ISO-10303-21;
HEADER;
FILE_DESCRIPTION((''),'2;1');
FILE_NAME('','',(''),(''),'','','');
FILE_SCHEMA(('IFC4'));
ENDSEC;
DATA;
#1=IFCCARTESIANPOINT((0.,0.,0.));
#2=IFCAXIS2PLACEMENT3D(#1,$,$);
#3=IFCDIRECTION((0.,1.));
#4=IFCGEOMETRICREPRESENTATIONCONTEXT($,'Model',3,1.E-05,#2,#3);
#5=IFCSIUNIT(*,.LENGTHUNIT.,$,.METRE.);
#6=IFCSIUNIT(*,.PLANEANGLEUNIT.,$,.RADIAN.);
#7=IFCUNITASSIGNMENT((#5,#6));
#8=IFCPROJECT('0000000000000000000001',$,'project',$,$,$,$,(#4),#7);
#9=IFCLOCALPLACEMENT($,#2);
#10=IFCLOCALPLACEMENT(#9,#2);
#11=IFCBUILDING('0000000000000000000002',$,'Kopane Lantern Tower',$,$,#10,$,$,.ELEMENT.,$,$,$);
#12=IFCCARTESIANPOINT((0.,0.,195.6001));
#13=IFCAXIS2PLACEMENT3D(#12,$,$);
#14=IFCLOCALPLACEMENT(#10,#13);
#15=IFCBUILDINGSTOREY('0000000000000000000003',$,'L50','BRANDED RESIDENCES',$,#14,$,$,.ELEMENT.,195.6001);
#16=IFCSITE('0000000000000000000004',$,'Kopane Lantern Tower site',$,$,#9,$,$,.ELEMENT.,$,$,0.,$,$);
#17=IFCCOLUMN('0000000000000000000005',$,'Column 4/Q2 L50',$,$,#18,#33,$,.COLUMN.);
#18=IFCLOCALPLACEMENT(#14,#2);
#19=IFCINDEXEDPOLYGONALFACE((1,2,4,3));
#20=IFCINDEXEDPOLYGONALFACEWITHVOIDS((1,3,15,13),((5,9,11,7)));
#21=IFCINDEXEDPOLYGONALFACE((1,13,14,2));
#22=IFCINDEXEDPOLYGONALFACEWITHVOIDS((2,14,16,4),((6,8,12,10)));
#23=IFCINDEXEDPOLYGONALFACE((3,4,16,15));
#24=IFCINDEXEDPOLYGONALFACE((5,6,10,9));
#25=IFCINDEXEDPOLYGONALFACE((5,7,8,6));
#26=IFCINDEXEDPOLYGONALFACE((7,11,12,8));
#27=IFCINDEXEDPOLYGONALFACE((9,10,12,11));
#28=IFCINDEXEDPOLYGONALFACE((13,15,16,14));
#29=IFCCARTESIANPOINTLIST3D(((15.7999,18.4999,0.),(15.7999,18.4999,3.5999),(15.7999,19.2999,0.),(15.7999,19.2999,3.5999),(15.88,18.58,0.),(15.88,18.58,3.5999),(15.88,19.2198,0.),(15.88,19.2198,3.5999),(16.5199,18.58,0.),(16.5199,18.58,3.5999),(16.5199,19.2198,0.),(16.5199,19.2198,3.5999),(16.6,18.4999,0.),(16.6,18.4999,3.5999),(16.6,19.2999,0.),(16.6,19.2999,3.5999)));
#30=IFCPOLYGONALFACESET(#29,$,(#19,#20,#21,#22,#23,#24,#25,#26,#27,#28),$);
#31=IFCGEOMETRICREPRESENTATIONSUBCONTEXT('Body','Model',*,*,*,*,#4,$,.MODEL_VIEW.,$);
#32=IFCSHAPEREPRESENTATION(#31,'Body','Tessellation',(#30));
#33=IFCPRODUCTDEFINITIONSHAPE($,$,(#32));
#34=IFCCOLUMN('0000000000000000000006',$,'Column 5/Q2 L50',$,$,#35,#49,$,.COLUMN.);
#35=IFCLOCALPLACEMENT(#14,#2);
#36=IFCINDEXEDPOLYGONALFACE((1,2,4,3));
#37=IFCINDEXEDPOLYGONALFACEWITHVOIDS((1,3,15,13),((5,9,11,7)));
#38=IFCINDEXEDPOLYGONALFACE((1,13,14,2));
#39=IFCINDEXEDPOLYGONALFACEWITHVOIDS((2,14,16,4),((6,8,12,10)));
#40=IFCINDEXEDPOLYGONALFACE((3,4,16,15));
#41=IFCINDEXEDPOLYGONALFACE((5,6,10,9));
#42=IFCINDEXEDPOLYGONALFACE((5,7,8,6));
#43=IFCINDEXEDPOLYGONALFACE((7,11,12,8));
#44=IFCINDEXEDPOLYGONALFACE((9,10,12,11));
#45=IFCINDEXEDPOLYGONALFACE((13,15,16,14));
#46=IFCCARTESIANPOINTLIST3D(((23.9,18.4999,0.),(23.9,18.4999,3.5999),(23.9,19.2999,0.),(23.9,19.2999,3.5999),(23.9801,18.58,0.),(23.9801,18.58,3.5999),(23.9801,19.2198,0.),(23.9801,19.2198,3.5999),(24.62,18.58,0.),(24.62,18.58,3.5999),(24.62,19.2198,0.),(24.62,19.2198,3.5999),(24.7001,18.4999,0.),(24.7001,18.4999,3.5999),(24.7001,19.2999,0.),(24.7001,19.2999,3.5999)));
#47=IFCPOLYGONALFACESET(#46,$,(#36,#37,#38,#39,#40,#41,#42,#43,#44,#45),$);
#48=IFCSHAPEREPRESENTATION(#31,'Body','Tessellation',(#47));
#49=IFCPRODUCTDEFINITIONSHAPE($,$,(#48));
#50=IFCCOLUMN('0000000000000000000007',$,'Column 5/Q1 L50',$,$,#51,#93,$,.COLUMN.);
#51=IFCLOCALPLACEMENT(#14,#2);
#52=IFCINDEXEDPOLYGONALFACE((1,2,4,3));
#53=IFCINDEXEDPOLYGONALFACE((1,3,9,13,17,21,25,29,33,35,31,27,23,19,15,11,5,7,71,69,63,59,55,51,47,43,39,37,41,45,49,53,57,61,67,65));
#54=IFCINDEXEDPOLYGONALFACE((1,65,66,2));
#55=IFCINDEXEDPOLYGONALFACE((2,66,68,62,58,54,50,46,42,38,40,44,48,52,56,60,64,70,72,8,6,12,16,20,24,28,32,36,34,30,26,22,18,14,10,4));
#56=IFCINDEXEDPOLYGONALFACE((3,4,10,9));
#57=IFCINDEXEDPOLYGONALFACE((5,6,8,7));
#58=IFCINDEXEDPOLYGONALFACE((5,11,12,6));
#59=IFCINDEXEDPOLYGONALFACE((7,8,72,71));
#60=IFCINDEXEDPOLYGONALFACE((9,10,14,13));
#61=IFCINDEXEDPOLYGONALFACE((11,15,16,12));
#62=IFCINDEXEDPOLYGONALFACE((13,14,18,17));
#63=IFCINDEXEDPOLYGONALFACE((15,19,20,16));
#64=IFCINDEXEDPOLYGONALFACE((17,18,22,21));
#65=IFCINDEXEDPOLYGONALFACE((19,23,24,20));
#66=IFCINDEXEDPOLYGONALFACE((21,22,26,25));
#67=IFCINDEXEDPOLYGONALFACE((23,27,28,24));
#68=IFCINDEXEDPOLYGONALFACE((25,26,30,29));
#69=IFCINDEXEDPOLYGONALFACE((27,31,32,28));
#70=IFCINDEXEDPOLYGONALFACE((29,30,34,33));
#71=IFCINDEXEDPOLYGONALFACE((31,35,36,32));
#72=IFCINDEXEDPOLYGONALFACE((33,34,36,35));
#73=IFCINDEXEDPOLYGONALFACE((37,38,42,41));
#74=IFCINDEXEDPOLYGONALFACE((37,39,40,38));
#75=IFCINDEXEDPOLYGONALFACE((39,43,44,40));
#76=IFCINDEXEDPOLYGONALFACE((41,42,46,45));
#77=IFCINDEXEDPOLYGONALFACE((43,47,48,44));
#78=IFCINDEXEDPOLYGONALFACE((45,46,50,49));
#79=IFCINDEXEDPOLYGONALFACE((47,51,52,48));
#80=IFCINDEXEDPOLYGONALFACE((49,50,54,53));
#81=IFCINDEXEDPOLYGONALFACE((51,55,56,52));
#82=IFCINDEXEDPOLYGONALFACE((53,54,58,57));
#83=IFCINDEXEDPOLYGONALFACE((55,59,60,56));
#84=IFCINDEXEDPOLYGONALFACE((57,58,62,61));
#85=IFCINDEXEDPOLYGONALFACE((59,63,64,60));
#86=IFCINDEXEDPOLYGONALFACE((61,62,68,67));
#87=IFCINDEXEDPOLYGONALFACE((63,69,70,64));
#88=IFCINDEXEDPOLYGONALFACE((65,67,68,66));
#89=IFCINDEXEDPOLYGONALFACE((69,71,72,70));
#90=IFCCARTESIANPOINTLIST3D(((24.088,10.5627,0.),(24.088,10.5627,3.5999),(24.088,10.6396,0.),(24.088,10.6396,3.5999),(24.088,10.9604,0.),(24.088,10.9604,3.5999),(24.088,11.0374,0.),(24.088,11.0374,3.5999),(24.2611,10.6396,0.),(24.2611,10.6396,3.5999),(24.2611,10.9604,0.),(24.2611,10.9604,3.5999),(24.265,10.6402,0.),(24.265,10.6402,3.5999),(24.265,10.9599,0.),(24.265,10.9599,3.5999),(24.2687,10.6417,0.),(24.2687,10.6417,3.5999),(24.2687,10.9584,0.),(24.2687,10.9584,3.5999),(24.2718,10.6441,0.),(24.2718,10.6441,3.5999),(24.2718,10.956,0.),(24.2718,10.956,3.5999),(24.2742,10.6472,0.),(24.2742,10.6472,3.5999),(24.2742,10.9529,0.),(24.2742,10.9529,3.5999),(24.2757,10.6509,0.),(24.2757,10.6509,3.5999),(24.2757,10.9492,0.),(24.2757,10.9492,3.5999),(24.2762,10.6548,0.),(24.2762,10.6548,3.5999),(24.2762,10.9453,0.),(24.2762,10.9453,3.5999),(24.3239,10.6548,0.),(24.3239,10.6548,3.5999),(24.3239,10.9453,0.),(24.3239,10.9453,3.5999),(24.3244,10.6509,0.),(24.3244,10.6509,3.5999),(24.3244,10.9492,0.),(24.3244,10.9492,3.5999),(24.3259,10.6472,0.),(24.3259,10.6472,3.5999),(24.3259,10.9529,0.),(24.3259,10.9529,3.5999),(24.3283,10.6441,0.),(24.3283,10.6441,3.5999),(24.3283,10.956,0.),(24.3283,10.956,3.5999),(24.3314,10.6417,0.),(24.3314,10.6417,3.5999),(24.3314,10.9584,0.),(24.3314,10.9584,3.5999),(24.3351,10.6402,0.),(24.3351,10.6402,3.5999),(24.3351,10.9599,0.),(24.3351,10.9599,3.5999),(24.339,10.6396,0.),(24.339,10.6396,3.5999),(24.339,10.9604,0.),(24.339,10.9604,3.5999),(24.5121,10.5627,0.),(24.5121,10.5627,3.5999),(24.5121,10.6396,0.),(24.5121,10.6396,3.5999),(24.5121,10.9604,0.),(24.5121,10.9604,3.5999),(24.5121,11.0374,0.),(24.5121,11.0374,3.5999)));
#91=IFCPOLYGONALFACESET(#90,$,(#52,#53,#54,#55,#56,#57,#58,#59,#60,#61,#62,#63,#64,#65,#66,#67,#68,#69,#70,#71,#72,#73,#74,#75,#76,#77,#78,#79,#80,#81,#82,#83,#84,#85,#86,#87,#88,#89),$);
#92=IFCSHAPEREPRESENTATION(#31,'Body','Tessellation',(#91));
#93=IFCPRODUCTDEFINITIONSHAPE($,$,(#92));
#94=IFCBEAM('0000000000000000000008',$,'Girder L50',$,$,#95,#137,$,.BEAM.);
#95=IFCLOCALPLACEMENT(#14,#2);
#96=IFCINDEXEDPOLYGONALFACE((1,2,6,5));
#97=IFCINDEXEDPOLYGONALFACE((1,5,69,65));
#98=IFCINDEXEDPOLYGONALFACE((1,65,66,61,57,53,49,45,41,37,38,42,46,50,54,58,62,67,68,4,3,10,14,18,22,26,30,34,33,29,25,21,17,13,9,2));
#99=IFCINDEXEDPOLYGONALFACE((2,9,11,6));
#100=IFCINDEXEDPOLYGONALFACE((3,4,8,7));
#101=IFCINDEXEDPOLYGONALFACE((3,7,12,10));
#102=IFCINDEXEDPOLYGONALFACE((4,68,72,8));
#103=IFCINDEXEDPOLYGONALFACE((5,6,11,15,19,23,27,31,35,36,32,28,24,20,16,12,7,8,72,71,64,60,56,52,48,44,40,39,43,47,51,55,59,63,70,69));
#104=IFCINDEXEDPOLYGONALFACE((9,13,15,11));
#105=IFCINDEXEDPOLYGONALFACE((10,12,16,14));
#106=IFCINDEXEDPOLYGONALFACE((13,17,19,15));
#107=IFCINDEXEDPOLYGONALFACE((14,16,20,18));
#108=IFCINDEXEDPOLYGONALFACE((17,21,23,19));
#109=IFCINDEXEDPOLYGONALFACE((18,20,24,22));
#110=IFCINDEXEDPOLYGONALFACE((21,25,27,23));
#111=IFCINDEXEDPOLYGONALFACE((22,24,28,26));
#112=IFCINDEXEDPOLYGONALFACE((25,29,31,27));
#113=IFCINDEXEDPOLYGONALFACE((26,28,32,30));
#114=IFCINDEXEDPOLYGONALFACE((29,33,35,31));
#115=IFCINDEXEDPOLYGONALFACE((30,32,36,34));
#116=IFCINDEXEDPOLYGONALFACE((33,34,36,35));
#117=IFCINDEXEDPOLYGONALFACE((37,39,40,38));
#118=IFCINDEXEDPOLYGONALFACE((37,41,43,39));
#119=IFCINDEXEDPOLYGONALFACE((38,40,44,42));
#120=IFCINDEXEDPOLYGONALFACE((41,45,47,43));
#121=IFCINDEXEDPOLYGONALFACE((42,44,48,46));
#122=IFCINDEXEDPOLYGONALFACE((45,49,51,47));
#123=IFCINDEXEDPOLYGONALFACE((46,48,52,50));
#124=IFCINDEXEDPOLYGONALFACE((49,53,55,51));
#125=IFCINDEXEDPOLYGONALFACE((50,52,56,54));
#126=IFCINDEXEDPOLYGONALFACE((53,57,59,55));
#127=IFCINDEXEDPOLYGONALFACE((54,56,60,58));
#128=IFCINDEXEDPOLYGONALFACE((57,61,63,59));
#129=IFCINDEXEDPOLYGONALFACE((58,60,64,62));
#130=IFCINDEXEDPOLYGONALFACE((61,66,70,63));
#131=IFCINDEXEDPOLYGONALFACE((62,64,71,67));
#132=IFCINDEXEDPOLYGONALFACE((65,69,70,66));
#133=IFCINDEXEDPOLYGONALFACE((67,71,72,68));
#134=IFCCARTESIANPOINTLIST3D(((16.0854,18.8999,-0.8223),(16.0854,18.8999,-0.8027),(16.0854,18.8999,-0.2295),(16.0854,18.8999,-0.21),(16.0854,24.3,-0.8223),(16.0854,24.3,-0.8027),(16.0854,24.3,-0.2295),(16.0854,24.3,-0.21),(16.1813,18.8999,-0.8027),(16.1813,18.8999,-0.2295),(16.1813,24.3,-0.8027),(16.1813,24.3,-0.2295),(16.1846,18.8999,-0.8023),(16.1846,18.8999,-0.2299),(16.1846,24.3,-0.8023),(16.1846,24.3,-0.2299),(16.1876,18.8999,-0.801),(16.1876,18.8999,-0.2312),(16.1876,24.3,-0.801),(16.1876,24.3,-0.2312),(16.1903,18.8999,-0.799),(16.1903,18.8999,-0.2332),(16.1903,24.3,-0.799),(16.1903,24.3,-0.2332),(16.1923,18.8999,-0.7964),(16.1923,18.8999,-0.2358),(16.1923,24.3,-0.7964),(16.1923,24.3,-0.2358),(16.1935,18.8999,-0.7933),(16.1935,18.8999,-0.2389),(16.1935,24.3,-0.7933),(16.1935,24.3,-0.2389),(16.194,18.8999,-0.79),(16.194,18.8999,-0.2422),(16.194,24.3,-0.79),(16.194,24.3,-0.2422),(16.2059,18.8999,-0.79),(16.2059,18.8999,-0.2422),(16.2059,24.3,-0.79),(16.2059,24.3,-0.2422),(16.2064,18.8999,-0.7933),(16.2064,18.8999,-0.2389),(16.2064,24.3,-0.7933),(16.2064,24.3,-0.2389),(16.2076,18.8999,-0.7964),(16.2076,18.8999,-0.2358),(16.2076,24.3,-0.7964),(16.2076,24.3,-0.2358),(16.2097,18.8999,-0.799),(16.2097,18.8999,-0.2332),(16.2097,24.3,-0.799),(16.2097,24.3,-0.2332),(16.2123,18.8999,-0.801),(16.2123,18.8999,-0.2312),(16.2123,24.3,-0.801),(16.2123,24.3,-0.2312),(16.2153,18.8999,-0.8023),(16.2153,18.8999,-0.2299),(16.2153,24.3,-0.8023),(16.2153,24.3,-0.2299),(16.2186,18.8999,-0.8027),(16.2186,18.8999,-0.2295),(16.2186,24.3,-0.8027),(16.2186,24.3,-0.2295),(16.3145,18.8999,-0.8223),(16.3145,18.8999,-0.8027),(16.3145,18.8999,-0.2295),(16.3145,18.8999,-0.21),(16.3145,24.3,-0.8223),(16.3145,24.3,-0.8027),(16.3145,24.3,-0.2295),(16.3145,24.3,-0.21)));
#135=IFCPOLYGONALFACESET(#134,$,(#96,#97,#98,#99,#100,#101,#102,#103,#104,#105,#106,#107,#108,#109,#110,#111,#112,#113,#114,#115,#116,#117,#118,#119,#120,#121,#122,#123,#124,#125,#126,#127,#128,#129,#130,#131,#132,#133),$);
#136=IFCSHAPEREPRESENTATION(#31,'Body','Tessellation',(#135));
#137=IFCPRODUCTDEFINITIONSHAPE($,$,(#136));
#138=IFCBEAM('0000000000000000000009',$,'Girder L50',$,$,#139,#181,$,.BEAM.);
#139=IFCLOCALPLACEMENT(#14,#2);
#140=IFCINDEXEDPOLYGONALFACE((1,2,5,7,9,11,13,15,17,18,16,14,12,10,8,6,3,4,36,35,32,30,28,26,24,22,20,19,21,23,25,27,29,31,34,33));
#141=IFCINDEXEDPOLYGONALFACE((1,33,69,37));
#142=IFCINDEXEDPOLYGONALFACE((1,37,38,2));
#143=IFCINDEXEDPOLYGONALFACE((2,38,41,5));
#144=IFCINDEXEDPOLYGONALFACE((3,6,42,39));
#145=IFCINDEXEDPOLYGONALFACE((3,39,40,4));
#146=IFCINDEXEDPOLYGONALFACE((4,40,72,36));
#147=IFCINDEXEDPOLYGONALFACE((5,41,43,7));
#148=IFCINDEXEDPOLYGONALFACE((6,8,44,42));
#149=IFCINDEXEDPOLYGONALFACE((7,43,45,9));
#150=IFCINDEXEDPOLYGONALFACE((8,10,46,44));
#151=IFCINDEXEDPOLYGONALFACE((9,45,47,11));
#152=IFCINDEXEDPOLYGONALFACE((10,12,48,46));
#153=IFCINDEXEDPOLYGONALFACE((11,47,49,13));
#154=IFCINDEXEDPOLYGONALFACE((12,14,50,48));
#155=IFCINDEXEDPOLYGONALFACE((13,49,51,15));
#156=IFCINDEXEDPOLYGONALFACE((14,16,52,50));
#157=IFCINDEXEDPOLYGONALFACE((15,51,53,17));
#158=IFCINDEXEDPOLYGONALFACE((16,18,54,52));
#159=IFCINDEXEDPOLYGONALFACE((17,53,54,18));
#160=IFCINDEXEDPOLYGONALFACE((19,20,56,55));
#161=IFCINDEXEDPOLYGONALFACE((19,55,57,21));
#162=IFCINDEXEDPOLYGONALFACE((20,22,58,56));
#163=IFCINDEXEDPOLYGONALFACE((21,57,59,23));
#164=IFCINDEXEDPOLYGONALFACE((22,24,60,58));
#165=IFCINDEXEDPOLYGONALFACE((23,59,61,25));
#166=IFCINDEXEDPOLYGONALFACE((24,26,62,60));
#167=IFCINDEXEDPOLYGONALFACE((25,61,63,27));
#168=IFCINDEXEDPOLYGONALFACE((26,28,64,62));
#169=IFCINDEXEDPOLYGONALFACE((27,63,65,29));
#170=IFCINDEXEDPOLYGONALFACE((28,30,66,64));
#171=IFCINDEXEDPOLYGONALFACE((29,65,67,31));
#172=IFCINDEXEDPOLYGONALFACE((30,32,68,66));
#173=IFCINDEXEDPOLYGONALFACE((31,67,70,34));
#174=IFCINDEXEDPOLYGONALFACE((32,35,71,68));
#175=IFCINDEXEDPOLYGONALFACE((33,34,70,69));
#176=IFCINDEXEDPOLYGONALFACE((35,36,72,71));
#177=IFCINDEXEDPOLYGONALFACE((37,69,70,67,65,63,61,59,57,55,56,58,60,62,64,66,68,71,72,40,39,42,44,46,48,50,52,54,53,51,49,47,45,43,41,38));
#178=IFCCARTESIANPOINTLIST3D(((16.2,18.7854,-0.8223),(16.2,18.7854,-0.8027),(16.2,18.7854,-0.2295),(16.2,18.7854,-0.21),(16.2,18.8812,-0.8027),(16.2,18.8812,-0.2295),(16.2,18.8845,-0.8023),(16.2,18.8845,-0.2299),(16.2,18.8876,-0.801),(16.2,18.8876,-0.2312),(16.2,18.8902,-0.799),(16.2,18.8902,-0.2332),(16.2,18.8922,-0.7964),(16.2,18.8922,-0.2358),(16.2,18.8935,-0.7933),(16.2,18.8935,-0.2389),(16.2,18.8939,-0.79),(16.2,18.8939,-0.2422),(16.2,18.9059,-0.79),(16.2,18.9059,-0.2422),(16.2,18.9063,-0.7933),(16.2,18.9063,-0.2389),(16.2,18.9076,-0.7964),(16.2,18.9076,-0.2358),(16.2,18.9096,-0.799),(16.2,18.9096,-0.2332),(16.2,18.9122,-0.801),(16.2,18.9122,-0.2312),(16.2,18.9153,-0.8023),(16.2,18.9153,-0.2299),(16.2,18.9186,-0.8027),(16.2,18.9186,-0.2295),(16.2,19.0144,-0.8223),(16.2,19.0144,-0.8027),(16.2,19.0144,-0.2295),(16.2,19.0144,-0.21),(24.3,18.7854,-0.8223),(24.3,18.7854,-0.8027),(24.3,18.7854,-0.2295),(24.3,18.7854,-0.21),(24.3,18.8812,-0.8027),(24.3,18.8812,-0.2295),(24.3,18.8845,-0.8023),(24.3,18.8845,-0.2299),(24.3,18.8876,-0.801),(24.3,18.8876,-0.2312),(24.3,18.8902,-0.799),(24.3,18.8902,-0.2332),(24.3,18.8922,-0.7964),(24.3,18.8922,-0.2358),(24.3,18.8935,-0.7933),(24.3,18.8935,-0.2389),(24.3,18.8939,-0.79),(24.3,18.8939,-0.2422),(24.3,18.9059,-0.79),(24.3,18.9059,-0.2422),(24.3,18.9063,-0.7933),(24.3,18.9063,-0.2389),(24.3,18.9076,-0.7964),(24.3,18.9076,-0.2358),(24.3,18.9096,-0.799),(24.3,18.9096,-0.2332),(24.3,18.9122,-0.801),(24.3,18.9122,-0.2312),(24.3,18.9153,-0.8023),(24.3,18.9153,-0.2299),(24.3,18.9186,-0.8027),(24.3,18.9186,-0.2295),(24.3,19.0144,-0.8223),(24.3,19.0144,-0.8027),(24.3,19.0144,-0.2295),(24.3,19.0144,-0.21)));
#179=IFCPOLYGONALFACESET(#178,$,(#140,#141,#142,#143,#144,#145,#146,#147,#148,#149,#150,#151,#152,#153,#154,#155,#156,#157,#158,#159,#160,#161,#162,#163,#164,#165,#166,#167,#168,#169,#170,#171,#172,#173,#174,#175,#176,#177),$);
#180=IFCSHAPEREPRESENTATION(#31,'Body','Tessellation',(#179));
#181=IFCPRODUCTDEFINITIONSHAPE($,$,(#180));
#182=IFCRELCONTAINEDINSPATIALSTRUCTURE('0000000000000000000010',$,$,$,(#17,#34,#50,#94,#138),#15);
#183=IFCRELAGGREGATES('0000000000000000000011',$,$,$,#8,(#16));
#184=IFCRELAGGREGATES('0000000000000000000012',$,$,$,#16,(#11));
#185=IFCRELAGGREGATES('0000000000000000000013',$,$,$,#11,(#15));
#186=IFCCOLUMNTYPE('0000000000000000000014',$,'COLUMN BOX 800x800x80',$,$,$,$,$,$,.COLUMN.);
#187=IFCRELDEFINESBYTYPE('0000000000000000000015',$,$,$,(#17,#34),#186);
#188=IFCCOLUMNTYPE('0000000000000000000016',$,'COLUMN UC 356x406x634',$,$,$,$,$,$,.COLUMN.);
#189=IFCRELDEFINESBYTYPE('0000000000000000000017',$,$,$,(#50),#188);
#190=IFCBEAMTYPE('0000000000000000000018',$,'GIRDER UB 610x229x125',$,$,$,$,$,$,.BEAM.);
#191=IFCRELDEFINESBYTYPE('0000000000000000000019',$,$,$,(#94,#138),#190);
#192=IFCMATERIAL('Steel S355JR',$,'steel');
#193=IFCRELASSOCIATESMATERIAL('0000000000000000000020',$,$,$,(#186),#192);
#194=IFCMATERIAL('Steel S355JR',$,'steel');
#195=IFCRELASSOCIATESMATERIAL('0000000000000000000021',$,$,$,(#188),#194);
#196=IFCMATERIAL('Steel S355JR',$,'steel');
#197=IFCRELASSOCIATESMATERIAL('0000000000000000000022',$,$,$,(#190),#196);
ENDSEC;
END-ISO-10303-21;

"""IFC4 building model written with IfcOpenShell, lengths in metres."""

from ifc_helpers import new_model, si_unit, direction, frame, origin, origin_2d, place, context, subcontext, project, spatial, hollow_rectangle, i_section, extrude, material, material_profile, profile_set, type_object, element, save


model = new_model("IFC4")

# Units and contexts
model_context = context("Model", 3, precision=1e-05, world=origin(), true_north=direction((0.0, 1.0)))
body_context = subcontext(model_context, "Body", "Model", "MODEL_VIEW")
ifc_project = project(units=[si_unit("LENGTHUNIT", "METRE"), si_unit("PLANEANGLEUNIT", "RADIAN")], contexts=[model_context])

# Site, building, storey
site_placement = place(None, origin())
site = spatial("IfcSite", under=ifc_project, at=site_placement, Name="Kopane Lantern Tower site", CompositionType="ELEMENT", RefElevation=0.0)
building_placement = place(site_placement, origin())
building = spatial("IfcBuilding", under=site, at=building_placement, Name="Kopane Lantern Tower", CompositionType="ELEMENT")
storey_placement = place(building_placement, frame((0.0, 0.0, 195.6001)))
storey = spatial("IfcBuildingStorey", under=building, at=storey_placement, Name="L50", Description="BRANDED RESIDENCES", CompositionType="ELEMENT", Elevation=195.6001)

# Columns
ifc_material_1 = material(Name="Steel S355JR", Category="steel")
ifc_material_profile_1 = material_profile(ifc_material_1, hollow_rectangle(XDim=0.8, YDim=0.8, WallThickness=0.0801, at=origin_2d()), Name="BOX 800x800x80")
ifc_profile_set_1 = profile_set([ifc_material_profile_1], Name="Steel S355JR")
column_type_1 = type_object("IfcColumnType", Name="COLUMN BOX 800x800x80", PredefinedType="COLUMN", material=ifc_profile_set_1)
for number, where, z_axis, x_axis, name in (
    (1, (16.2, 18.8999, 0.0), (0.0, 0.0, 1.0), (1.0, 0.0, 0.0), "Column 4/Q2 L50"),
    (2, (24.3, 18.8999, 0.0), (0.0, 0.0, 1.0), (1.0, 0.0, 0.0), "Column 5/Q2 L50"),
):
    element("IfcColumn", number, at=place(storey_placement, frame(where, z_axis=z_axis, x_axis=x_axis)), inside=storey, type_object=column_type_1, Name=name, PredefinedType="COLUMN", context=body_context, shape_type="SweptSolid", body=[
        extrude(hollow_rectangle(XDim=0.8, YDim=0.8, WallThickness=0.0801, at=origin_2d()), origin(), (0.0, 0.0, 1.0), 3.5999),
    ])
ifc_material_2 = material(Name="Steel S355JR", Category="steel")
ifc_material_profile_2 = material_profile(ifc_material_2, i_section(OverallWidth=0.4241, OverallDepth=0.4746, WebThickness=0.0476, FlangeThickness=0.0769, FilletRadius=0.0151, at=origin_2d()), Name="UC 356x406x634")
ifc_profile_set_2 = profile_set([ifc_material_profile_2], Name="Steel S355JR")
column_type_2 = type_object("IfcColumnType", Name="COLUMN UC 356x406x634", PredefinedType="COLUMN", material=ifc_profile_set_2)
column_placement = place(storey_placement, frame((24.3, 10.8, 0.0), z_axis=(0.0, 0.0, 1.0), x_axis=(1.0, 0.0, 0.0)))
element("IfcColumn", 3, at=column_placement, inside=storey, type_object=column_type_2, Name="Column 5/Q1 L50", PredefinedType="COLUMN", context=body_context, shape_type="SweptSolid", body=[
    extrude(i_section(OverallWidth=0.4241, OverallDepth=0.4746, WebThickness=0.0476, FlangeThickness=0.0769, FilletRadius=0.0151, at=origin_2d()), origin(), (0.0, 0.0, 1.0), 3.5999),
])

# Beams
ifc_material_3 = material(Name="Steel S355JR", Category="steel")
ifc_material_profile_3 = material_profile(ifc_material_3, i_section(OverallWidth=0.229, OverallDepth=0.6123, WebThickness=0.012, FlangeThickness=0.0195, FilletRadius=0.0127, at=origin_2d()), Name="UB 610x229x125")
ifc_profile_set_3 = profile_set([ifc_material_profile_3], Name="Steel S355JR")
beam_type = type_object("IfcBeamType", Name="GIRDER UB 610x229x125", PredefinedType="BEAM", material=ifc_profile_set_3)
beam_1_placement = place(storey_placement, frame((16.2, 18.8999, -0.5161), z_axis=(0.0, 1.0, 0.0), x_axis=(-1.0, 0.0, 0.0)))
element("IfcBeam", 4, at=beam_1_placement, inside=storey, type_object=beam_type, Name="Girder L50", PredefinedType="BEAM", context=body_context, shape_type="SweptSolid", body=[
    extrude(i_section(OverallWidth=0.229, OverallDepth=0.6123, WebThickness=0.012, FlangeThickness=0.0195, FilletRadius=0.0127, at=origin_2d()), origin(), (0.0, 0.0, 1.0), 5.4001),
])
beam_2_placement = place(storey_placement, frame((16.2, 18.8999, -0.5161), z_axis=(1.0, 0.0, 0.0), x_axis=(0.0, 1.0, 0.0)))
element("IfcBeam", 5, at=beam_2_placement, inside=storey, type_object=beam_type, Name="Girder L50", PredefinedType="BEAM", context=body_context, shape_type="SweptSolid", body=[
    extrude(i_section(OverallWidth=0.229, OverallDepth=0.6123, WebThickness=0.012, FlangeThickness=0.0195, FilletRadius=0.0127, at=origin_2d()), origin(), (0.0, 0.0, 1.0), 8.1001),
])

save(model, "model.ifc")
